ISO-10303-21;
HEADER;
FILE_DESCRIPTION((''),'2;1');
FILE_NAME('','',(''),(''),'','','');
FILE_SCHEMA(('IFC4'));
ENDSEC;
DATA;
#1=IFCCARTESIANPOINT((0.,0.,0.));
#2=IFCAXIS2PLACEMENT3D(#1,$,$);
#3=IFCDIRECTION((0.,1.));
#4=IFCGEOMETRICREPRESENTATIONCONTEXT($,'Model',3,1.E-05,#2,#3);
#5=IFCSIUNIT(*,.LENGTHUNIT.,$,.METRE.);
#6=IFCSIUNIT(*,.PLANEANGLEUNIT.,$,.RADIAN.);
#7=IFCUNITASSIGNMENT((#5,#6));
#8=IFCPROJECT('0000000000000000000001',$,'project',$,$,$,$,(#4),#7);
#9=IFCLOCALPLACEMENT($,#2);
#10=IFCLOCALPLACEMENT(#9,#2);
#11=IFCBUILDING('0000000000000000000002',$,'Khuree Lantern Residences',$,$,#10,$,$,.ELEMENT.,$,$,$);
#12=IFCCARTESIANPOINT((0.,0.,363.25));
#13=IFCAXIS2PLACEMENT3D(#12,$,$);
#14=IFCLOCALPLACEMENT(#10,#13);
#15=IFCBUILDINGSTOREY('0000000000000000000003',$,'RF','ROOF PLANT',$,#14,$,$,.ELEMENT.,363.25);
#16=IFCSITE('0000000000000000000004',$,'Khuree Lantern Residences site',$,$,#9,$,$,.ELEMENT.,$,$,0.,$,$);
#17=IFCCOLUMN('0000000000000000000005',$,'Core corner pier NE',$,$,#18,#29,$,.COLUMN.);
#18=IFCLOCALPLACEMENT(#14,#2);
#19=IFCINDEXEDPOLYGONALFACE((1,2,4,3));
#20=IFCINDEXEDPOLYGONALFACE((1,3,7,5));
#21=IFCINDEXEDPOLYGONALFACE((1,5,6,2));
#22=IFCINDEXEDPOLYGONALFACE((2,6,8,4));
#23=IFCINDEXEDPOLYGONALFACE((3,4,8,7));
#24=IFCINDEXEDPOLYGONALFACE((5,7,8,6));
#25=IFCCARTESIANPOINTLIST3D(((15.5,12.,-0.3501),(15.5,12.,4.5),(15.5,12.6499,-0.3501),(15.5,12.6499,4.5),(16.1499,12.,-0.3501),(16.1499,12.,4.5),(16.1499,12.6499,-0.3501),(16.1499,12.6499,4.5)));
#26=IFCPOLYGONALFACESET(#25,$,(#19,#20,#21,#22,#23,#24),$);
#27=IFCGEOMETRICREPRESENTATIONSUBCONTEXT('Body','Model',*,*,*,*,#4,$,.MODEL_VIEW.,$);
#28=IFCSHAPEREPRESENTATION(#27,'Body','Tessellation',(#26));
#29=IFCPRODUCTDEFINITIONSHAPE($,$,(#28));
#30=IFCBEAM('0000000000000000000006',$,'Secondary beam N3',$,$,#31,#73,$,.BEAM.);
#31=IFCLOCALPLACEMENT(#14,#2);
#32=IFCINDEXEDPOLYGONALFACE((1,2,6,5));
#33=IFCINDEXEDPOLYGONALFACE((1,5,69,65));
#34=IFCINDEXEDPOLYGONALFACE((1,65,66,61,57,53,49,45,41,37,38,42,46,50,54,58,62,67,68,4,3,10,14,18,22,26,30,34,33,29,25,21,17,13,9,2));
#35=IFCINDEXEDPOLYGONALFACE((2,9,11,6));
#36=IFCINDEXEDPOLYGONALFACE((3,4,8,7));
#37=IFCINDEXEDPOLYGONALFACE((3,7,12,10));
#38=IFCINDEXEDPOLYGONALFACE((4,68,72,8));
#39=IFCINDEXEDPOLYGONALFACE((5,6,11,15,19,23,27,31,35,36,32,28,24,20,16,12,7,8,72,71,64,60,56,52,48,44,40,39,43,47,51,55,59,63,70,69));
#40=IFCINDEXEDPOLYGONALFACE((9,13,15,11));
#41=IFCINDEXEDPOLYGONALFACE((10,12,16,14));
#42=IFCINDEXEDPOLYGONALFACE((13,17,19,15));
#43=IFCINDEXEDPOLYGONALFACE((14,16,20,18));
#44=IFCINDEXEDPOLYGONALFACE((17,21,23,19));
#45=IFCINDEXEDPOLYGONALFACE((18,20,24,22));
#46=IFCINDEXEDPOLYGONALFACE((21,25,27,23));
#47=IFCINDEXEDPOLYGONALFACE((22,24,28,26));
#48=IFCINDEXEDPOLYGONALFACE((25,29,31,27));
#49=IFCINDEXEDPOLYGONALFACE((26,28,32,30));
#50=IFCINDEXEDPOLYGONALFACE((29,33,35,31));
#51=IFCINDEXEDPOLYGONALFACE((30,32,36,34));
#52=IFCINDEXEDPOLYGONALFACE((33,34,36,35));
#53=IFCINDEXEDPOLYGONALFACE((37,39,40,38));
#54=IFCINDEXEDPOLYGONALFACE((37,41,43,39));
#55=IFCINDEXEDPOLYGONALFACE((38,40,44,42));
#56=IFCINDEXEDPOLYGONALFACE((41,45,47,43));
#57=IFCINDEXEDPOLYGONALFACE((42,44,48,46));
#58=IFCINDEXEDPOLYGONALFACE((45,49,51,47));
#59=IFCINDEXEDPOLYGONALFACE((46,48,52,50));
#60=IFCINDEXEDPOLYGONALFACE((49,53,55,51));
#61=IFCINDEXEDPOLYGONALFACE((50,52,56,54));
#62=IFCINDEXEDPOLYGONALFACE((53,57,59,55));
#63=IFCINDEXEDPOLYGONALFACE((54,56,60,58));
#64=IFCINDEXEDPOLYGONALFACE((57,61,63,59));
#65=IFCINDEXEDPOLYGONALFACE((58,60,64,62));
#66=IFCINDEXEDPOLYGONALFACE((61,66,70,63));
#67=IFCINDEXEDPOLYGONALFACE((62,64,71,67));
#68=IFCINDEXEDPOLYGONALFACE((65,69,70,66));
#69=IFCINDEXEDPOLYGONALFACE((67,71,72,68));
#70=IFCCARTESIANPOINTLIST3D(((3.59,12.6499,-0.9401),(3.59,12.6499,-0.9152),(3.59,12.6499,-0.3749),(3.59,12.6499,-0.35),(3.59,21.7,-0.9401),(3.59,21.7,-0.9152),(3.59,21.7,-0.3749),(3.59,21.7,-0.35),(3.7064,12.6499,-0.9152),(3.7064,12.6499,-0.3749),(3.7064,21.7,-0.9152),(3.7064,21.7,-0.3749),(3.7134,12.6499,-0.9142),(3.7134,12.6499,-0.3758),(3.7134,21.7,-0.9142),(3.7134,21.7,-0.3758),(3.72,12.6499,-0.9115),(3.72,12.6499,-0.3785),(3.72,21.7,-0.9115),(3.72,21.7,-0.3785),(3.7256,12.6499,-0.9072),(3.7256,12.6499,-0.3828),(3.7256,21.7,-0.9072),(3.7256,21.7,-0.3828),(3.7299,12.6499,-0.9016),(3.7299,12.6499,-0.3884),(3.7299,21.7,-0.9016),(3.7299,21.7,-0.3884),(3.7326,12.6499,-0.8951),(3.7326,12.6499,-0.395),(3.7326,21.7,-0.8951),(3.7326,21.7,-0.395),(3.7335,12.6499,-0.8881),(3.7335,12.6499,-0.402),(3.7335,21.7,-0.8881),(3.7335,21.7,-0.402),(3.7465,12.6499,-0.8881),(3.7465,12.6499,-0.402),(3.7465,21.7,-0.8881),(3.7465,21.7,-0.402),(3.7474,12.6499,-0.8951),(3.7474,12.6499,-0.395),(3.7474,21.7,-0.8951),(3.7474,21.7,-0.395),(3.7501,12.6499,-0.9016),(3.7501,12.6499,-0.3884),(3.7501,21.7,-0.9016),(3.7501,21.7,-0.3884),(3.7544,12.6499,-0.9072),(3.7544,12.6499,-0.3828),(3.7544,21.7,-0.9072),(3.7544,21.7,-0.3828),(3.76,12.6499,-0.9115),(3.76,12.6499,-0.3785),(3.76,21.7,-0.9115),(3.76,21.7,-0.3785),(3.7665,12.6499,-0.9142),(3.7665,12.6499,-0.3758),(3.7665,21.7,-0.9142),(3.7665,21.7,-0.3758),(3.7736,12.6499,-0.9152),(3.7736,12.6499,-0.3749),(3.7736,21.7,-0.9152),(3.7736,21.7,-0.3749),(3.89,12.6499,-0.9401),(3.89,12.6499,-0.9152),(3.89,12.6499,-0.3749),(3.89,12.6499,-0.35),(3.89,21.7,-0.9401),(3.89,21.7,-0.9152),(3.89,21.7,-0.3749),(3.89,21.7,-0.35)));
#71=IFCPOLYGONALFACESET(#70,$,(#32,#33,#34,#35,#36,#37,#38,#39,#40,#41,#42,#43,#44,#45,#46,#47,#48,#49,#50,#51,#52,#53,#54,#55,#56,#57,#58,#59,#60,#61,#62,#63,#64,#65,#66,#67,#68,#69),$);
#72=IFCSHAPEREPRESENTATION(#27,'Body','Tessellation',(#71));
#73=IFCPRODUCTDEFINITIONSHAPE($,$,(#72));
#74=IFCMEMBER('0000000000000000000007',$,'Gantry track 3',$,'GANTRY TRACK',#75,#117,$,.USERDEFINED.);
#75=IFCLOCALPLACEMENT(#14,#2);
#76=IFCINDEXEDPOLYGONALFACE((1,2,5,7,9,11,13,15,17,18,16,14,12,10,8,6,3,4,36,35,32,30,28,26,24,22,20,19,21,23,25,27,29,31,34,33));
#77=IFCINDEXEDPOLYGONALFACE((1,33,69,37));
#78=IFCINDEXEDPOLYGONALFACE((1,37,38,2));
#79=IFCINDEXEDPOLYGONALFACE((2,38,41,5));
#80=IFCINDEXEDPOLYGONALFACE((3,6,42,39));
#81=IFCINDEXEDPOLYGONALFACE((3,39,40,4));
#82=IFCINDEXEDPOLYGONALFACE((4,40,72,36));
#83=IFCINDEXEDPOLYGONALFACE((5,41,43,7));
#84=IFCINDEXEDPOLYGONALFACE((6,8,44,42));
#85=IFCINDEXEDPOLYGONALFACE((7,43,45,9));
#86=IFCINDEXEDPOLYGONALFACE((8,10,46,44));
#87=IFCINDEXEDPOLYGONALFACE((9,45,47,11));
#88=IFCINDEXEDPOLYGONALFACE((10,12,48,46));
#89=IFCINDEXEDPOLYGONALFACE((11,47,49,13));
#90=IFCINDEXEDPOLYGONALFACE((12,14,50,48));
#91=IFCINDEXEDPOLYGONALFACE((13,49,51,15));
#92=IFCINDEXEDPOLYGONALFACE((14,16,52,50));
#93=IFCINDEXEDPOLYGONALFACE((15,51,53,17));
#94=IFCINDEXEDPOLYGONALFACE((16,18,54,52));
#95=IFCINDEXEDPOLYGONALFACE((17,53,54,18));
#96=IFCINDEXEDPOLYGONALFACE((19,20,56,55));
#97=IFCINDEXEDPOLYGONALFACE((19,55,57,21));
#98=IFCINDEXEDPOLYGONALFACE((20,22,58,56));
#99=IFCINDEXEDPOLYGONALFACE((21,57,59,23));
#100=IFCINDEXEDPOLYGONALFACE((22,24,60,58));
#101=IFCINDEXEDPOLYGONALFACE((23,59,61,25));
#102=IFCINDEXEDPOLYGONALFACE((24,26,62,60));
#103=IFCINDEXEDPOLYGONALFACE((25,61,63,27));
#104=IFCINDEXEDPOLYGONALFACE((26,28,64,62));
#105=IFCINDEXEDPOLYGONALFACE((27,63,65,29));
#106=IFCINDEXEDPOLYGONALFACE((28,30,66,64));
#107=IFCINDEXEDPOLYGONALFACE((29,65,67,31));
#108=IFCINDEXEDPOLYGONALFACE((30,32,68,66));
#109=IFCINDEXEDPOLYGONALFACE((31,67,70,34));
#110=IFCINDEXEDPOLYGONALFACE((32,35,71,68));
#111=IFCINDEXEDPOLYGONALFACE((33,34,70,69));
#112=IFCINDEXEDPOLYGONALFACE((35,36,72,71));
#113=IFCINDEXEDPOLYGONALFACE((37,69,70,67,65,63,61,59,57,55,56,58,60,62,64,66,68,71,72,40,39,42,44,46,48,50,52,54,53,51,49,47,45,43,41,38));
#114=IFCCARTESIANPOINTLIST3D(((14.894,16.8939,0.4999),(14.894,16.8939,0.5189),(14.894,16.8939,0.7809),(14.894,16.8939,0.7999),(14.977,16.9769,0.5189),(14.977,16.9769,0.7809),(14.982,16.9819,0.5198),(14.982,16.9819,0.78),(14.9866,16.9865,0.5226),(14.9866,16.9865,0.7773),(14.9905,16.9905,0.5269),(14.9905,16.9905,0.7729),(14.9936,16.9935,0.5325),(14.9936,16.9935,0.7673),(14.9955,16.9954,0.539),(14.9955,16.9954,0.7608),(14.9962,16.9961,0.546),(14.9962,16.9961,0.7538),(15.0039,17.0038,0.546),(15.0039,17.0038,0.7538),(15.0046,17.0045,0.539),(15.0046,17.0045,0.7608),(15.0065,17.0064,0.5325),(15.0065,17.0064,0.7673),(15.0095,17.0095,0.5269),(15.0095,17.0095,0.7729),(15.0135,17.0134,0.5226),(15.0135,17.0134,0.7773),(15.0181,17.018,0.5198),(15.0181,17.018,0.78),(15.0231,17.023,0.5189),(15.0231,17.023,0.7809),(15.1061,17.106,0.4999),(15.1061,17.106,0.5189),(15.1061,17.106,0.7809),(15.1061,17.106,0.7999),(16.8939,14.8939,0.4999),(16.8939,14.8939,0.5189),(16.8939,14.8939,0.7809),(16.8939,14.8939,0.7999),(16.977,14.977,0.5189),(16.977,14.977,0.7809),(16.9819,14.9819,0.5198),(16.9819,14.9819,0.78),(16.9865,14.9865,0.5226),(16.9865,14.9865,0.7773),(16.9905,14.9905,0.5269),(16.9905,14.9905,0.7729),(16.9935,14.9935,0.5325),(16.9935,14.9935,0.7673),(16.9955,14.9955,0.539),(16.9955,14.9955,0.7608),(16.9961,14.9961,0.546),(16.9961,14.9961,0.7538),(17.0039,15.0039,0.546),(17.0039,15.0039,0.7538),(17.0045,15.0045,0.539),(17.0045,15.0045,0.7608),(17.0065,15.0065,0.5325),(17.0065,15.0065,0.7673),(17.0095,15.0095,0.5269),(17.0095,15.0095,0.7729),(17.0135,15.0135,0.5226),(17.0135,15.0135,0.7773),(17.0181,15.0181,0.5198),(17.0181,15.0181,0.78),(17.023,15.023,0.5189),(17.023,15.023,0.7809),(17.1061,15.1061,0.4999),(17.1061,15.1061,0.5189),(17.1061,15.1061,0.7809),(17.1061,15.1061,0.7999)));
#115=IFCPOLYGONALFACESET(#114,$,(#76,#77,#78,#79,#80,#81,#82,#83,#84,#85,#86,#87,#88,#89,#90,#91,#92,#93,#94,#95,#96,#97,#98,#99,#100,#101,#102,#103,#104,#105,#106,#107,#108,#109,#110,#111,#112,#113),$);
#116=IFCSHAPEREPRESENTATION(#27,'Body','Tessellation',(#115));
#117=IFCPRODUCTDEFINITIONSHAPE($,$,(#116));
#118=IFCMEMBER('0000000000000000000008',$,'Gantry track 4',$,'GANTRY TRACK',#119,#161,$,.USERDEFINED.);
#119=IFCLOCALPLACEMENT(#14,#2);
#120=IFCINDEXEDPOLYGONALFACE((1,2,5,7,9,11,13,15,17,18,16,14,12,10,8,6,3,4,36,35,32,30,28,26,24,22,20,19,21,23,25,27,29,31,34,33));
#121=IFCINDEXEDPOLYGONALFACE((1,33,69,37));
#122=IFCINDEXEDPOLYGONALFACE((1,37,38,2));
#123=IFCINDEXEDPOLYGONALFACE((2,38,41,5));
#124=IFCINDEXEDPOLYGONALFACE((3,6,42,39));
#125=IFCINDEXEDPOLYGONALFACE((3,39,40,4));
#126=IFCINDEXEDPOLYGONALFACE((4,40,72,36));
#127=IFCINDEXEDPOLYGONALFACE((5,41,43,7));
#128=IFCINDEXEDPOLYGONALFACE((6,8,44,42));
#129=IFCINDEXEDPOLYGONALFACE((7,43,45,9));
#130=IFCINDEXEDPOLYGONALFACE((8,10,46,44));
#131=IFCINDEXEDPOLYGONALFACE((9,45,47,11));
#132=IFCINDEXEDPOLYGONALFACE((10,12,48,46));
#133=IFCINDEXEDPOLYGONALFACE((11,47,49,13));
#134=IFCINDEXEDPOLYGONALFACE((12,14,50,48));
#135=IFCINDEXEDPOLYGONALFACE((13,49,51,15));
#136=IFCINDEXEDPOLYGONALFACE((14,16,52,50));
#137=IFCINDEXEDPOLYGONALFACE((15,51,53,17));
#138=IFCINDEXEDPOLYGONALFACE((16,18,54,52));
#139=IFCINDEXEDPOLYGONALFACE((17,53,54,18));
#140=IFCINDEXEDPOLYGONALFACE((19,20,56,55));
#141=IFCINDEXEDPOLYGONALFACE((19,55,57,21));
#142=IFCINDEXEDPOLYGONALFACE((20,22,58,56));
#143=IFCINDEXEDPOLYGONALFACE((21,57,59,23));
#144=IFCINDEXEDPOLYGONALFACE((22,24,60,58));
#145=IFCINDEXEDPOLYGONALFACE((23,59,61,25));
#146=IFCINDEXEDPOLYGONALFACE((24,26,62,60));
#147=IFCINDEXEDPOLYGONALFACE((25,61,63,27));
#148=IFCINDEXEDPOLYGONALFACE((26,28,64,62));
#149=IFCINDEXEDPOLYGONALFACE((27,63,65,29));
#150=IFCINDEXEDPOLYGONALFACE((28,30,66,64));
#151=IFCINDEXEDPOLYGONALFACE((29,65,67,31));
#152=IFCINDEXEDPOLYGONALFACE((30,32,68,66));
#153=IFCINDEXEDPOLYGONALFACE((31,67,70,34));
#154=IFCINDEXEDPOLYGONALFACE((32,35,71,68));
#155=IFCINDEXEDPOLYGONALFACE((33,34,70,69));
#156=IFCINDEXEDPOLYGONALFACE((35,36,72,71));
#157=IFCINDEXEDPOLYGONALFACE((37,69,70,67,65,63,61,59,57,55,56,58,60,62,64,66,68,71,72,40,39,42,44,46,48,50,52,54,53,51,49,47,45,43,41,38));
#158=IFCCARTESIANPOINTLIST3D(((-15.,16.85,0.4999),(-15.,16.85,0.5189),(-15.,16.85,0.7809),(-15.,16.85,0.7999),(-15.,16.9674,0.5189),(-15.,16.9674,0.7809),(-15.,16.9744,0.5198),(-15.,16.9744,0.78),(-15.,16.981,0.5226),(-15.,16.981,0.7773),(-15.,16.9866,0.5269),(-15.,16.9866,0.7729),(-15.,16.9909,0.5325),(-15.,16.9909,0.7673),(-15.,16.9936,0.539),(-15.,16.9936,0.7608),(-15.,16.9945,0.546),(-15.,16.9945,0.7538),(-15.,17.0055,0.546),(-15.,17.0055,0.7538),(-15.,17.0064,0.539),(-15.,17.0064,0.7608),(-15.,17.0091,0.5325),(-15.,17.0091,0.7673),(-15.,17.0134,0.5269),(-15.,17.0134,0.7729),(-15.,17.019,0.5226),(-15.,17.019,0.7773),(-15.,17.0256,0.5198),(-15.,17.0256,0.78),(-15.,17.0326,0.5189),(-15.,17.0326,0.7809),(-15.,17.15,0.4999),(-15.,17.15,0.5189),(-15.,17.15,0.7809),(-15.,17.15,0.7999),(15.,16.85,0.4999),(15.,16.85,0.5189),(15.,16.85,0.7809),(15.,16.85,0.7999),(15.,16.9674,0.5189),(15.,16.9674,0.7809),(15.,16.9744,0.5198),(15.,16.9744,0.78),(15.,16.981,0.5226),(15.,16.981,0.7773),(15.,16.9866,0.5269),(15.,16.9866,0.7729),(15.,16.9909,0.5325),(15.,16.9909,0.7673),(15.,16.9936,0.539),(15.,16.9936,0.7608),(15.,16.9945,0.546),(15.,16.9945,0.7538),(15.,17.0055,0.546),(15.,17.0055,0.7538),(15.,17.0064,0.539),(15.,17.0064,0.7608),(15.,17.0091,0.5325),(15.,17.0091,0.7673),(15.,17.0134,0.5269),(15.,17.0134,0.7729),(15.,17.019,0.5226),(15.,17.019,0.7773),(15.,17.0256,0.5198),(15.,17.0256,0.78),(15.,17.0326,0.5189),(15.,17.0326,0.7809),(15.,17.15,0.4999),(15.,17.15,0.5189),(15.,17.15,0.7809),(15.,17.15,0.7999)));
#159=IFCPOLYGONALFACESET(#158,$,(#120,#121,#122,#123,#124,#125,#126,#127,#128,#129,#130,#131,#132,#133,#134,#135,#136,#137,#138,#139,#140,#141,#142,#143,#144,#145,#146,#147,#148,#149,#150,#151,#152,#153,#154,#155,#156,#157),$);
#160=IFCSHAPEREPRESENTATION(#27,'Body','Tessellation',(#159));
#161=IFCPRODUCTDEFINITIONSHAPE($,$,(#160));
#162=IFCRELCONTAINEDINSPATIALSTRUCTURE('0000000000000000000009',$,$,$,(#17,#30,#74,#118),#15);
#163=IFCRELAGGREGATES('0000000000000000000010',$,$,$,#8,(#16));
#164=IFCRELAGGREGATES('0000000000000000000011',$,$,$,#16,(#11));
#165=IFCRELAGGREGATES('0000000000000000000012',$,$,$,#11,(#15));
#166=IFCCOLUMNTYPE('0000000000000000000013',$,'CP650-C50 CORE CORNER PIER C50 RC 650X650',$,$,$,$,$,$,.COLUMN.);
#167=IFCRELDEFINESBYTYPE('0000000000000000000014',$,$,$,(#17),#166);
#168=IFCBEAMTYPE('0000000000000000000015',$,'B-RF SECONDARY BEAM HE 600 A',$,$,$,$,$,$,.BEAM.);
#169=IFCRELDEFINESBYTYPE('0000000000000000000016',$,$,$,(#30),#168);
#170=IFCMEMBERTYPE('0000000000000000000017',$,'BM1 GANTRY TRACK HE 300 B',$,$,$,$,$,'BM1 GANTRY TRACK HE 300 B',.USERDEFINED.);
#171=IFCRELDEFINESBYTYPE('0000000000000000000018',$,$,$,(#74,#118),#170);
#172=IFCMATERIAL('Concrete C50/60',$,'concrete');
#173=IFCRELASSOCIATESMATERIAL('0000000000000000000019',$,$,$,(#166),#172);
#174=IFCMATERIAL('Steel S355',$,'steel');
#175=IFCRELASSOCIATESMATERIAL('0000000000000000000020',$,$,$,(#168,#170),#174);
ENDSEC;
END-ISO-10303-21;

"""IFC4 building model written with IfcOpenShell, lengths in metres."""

from ifc_helpers import new_model, si_unit, direction, frame, origin, origin_2d, place, context, subcontext, project, spatial, rectangle, i_section, extrude, material, material_profile, profile_set, type_object, element, save


model = new_model("IFC4")

# Units and contexts
model_context = context("Model", 3, precision=1e-05, world=origin(), true_north=direction((0.0, 1.0)))
body_context = subcontext(model_context, "Body", "Model", "MODEL_VIEW")
ifc_project = project(units=[si_unit("LENGTHUNIT", "METRE"), si_unit("PLANEANGLEUNIT", "RADIAN")], contexts=[model_context])

# Site, building, storey
site_placement = place(None, origin())
site = spatial("IfcSite", under=ifc_project, at=site_placement, Name="Khuree Lantern Residences site", CompositionType="ELEMENT", RefElevation=0.0)
building_placement = place(site_placement, origin())
building = spatial("IfcBuilding", under=site, at=building_placement, Name="Khuree Lantern Residences", CompositionType="ELEMENT")
storey_placement = place(building_placement, frame((0.0, 0.0, 363.25)))
storey = spatial("IfcBuildingStorey", under=building, at=storey_placement, Name="RF", Description="ROOF PLANT", CompositionType="ELEMENT", Elevation=363.25)

# Column
ifc_material_1 = material(Name="Concrete C50/60", Category="concrete")
ifc_material_profile_1 = material_profile(ifc_material_1, rectangle(XDim=0.6499, YDim=0.6499, at=origin_2d()), Name="RC 650X650")
ifc_profile_set_1 = profile_set([ifc_material_profile_1], Name="Concrete C50/60")
column_type = type_object("IfcColumnType", Name="CP650-C50 CORE CORNER PIER C50 RC 650X650", PredefinedType="COLUMN", material=ifc_profile_set_1)
column_placement = place(storey_placement, frame((15.825, 12.325, -0.3501), z_axis=(0.0, 0.0, 1.0), x_axis=(1.0, 0.0, 0.0)))
element("IfcColumn", 1, at=column_placement, inside=storey, type_object=column_type, Name="Core corner pier NE", PredefinedType="COLUMN", context=body_context, shape_type="SweptSolid", body=[
    extrude(rectangle(XDim=0.6499, YDim=0.6499, at=origin_2d()), origin(), (0.0, 0.0, 1.0), 4.8501),
])

# Beam
ifc_material_2 = material(Name="Steel S355", Category="steel")
ifc_material_profile_2 = material_profile(ifc_material_2, i_section(OverallWidth=0.3, OverallDepth=0.5901, WebThickness=0.0129, FlangeThickness=0.0249, FilletRadius=0.0271, at=origin_2d()), Name="HE 600 A")
ifc_profile_set_2 = profile_set([ifc_material_profile_2], Name="Steel S355")
beam_type_1 = type_object("IfcBeamType", Name="B-RF SECONDARY BEAM HE 600 A", PredefinedType="BEAM", material=ifc_profile_set_2)
beam_1_placement = place(storey_placement, frame((3.74, 21.7, -0.645), z_axis=(0.0, -1.0, 0.0), x_axis=(1.0, 0.0, 0.0)))
element("IfcBeam", 2, at=beam_1_placement, inside=storey, type_object=beam_type_1, Name="Secondary beam N3", PredefinedType="BEAM", context=body_context, shape_type="SweptSolid", body=[
    extrude(i_section(OverallWidth=0.3, OverallDepth=0.5901, WebThickness=0.0129, FlangeThickness=0.0249, FilletRadius=0.0271, at=origin_2d()), origin(), (0.0, 0.0, 1.0), 9.05),
])

# Members
ifc_material_profile_3 = material_profile(ifc_material_2, i_section(OverallWidth=0.3, OverallDepth=0.3, WebThickness=0.011, FlangeThickness=0.019, FilletRadius=0.0271, at=origin_2d()), Name="HE 300 B")
ifc_profile_set_3 = profile_set([ifc_material_profile_3], Name="Steel S355")
member_type_1 = type_object("IfcMemberType", Name="BM1 GANTRY TRACK HE 300 B", ElementType="BM1 GANTRY TRACK HE 300 B", PredefinedType="USERDEFINED", material=ifc_profile_set_3)
member_1_placement = place(storey_placement, frame((17.0, 15.0, 0.6499), z_axis=(-0.707107, 0.707107, 0.0), x_axis=(-0.707107, -0.707107, 0.0)))
element("IfcMember", 3, at=member_1_placement, inside=storey, type_object=member_type_1, Name="Gantry track 3", ObjectType="GANTRY TRACK", PredefinedType="USERDEFINED", context=body_context, shape_type="SweptSolid", body=[
    extrude(i_section(OverallWidth=0.3, OverallDepth=0.3, WebThickness=0.011, FlangeThickness=0.019, FilletRadius=0.0271, at=origin_2d()), origin(), (0.0, 0.0, 1.0), 2.8284),
])
member_2_placement = place(storey_placement, frame((15.0, 17.0, 0.6499), z_axis=(-1.0, 0.0, 0.0), x_axis=(0.0, -1.0, 0.0)))
element("IfcMember", 4, at=member_2_placement, inside=storey, type_object=member_type_1, Name="Gantry track 4", ObjectType="GANTRY TRACK", PredefinedType="USERDEFINED", context=body_context, shape_type="SweptSolid", body=[
    extrude(i_section(OverallWidth=0.3, OverallDepth=0.3, WebThickness=0.011, FlangeThickness=0.019, FilletRadius=0.0271, at=origin_2d()), origin(), (0.0, 0.0, 1.0), 30.0),
])

save(model, "model.ifc")
